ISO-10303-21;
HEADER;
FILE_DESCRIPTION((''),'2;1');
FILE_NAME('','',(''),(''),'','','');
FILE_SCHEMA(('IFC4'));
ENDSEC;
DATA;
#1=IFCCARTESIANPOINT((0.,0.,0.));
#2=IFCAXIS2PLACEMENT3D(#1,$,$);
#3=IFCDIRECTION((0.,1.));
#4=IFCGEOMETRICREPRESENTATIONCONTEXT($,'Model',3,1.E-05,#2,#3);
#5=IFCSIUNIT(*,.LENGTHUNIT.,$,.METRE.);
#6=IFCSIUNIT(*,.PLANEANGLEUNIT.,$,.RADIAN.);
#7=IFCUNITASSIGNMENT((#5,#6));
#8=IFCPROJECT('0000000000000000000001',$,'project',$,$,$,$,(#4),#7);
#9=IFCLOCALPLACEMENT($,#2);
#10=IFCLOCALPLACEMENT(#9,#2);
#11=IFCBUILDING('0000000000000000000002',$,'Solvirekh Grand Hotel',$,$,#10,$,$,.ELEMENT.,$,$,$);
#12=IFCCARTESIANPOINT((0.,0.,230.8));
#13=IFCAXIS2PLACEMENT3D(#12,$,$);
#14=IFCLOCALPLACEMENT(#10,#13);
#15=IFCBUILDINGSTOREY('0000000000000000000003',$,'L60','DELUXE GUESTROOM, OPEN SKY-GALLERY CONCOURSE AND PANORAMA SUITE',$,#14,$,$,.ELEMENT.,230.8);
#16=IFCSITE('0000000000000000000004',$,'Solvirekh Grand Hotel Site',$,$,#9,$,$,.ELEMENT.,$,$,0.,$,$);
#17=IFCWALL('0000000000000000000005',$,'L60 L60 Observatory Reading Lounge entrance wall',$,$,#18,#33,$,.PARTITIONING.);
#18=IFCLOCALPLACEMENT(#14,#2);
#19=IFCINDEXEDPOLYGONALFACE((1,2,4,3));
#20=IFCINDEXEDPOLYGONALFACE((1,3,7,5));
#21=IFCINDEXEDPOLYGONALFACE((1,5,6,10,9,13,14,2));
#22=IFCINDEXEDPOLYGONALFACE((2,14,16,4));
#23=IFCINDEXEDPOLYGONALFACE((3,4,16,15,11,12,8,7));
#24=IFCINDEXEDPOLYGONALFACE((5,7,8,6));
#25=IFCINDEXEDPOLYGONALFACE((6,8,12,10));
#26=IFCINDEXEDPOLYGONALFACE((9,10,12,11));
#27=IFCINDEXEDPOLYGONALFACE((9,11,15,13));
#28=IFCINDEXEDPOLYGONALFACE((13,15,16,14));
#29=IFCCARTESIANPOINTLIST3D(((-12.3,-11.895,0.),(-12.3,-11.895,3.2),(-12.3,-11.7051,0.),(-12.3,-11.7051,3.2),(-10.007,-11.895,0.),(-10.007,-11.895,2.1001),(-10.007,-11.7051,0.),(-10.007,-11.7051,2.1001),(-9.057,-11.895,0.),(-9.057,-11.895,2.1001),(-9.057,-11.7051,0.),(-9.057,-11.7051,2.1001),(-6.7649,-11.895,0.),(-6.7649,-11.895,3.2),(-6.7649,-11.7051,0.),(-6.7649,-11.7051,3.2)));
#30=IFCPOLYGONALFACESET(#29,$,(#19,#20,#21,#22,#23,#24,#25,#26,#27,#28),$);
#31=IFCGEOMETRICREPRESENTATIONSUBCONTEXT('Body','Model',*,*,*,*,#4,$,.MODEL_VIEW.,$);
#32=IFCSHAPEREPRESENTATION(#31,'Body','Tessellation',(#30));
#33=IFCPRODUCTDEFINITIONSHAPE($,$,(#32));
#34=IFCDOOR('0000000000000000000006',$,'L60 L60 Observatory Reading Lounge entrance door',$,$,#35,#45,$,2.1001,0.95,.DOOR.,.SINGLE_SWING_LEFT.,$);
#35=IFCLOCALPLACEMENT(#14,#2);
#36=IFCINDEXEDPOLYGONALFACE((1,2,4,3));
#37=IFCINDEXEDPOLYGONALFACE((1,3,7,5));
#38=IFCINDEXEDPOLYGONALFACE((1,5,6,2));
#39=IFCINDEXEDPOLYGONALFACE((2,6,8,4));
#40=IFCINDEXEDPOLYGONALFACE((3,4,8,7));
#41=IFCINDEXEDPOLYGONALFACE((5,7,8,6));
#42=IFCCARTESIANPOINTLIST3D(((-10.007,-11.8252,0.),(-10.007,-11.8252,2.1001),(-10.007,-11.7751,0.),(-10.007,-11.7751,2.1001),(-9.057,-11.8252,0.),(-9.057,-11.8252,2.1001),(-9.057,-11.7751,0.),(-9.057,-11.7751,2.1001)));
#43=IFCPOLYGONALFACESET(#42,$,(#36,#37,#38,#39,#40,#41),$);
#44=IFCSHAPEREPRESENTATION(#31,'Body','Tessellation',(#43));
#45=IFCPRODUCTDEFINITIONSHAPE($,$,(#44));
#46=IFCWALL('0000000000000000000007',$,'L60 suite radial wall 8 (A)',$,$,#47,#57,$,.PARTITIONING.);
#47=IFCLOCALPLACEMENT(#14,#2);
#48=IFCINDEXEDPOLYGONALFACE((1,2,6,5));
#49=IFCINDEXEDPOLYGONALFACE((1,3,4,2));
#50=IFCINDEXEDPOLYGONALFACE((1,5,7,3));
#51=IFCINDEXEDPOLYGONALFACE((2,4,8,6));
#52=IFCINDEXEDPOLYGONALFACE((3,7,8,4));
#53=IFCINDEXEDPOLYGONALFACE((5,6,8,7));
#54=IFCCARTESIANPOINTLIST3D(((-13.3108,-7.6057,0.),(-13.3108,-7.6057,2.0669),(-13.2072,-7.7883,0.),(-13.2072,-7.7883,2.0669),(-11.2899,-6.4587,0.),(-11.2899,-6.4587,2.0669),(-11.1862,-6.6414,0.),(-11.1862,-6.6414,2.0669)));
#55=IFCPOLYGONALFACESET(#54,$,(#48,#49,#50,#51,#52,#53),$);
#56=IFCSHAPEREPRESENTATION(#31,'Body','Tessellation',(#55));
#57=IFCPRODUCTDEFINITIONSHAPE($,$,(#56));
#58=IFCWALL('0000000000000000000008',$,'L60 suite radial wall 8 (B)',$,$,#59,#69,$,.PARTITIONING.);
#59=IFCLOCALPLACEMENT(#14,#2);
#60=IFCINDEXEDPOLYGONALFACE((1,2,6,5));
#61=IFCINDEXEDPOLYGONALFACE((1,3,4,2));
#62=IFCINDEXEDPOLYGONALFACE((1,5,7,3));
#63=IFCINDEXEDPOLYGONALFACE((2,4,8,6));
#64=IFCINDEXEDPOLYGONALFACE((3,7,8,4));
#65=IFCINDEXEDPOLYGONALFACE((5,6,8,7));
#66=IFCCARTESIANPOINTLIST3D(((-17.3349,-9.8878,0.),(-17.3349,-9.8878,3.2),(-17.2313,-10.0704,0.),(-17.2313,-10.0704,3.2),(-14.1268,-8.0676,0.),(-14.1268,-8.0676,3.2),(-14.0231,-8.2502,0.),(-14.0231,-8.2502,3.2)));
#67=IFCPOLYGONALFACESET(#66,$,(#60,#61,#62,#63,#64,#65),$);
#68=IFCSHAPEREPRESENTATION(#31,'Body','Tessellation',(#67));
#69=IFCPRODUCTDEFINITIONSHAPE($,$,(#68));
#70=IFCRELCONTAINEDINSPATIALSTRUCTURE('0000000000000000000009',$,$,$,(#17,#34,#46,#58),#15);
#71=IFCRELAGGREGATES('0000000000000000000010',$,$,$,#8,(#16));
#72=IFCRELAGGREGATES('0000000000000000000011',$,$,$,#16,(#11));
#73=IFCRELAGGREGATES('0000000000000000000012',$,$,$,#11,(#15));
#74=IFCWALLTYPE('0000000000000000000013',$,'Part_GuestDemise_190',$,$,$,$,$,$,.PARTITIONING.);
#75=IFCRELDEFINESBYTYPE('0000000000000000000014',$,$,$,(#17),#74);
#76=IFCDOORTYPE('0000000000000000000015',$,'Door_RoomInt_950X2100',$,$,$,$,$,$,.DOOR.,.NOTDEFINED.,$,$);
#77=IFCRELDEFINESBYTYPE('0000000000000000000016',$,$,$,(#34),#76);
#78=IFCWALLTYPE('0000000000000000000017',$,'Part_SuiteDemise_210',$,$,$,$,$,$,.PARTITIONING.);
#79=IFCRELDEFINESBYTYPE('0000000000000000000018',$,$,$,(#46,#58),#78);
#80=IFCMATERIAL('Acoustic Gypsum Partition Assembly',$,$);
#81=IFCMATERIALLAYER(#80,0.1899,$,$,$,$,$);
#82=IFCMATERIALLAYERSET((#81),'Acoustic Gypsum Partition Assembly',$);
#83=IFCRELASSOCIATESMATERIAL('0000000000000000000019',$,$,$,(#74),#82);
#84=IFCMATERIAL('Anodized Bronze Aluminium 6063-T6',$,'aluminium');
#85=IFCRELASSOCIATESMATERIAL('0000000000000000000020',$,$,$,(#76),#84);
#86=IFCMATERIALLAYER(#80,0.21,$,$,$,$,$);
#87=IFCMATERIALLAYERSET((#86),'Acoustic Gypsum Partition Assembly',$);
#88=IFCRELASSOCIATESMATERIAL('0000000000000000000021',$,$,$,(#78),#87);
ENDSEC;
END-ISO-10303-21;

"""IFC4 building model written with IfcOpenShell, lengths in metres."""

from ifc_helpers import new_model, si_unit, direction, frame, frame_2d, origin, place, context, subcontext, project, spatial, rectangle, extrude, material, layer, layer_set, type_object, element, fill, save


model = new_model("IFC4")

# Units and contexts
model_context = context("Model", 3, precision=1e-05, world=origin(), true_north=direction((0.0, 1.0)))
body_context = subcontext(model_context, "Body", "Model", "MODEL_VIEW")
ifc_project = project(units=[si_unit("LENGTHUNIT", "METRE"), si_unit("PLANEANGLEUNIT", "RADIAN")], contexts=[model_context])

# Site, building, storey
site_placement = place(None, origin())
site = spatial("IfcSite", under=ifc_project, at=site_placement, Name="Solvirekh Grand Hotel Site", CompositionType="ELEMENT", RefElevation=0.0)
building_placement = place(site_placement, origin())
building = spatial("IfcBuilding", under=site, at=building_placement, Name="Solvirekh Grand Hotel", CompositionType="ELEMENT")
storey_placement = place(building_placement, frame((0.0, 0.0, 230.8)))
storey = spatial("IfcBuildingStorey", under=building, at=storey_placement, Name="L60", Description="DELUXE GUESTROOM, OPEN SKY-GALLERY CONCOURSE AND PANORAMA SUITE", CompositionType="ELEMENT", Elevation=230.8)

# Shared definitions
ifc_material_1 = material(Name="Anodized Bronze Aluminium 6063-T6", Category="aluminium")

# Shared definitions
ifc_material_2 = material(Name="Acoustic Gypsum Partition Assembly")

# Wall, opening, door
ifc_layer_1 = layer(ifc_material_2, 0.1899)
ifc_layer_set_1 = layer_set([ifc_layer_1], Name="Acoustic Gypsum Partition Assembly")
wall_type_1 = type_object("IfcWallType", Name="Part_GuestDemise_190", PredefinedType="PARTITIONING", material=ifc_layer_set_1)
wall_1_placement = place(storey_placement, frame((-12.3, -11.8, 0.0), z_axis=(0.0, 0.0, 1.0), x_axis=(1.0, 0.0, 0.0)))
wall_1 = element("IfcWall", 1, at=wall_1_placement, inside=storey, type_object=wall_type_1, Name="L60 L60 Observatory Reading Lounge entrance wall", PredefinedType="PARTITIONING", context=body_context, shape_type="SweptSolid", body=[
    extrude(rectangle(XDim=5.5352, YDim=0.1899, at=frame_2d((2.7676, 0.0))), origin(), (0.0, 0.0, 1.0), 3.2),
])
opening_1_placement = place(wall_1_placement, frame((2.293, 0.0, 0.0)))
opening_1 = element("IfcOpeningElement", 2, at=opening_1_placement, cuts=wall_1, PredefinedType="OPENING", context=body_context, shape_type="SweptSolid", body=[
    extrude(rectangle(XDim=0.95, YDim=2.1001, at=frame_2d((0.4751, 1.05))), frame((0.0, 0.105, 0.0), z_axis=(0.0, -1.0, 0.0), x_axis=(1.0, 0.0, 0.0)), (0.0, 0.0, 1.0), 0.21),
])
door_type = type_object("IfcDoorType", Name="Door_RoomInt_950X2100", OperationType="NOTDEFINED", PredefinedType="DOOR", material=ifc_material_1)
door_placement = place(opening_1_placement, origin())
door = element("IfcDoor", 3, at=door_placement, inside=storey, type_object=door_type, Name="L60 L60 Observatory Reading Lounge entrance door", OperationType="SINGLE_SWING_LEFT", OverallHeight=2.1001, OverallWidth=0.95, PredefinedType="DOOR", context=body_context, shape_type="SweptSolid", body=[
    extrude(rectangle(XDim=0.95, YDim=2.1001, at=frame_2d((0.4751, 1.05))), frame((0.0, 0.0249, 0.0), z_axis=(0.0, -1.0, 0.0), x_axis=(1.0, 0.0, 0.0)), (0.0, 0.0, 1.0), 0.05),
])
fill(opening_1, door)

# Walls
ifc_layer_2 = layer(ifc_material_2, 0.21)
ifc_layer_set_2 = layer_set([ifc_layer_2], Name="Acoustic Gypsum Partition Assembly")
wall_type_2 = type_object("IfcWallType", Name="Part_SuiteDemise_210", PredefinedType="PARTITIONING", material=ifc_layer_set_2)
wall_2_placement = place(storey_placement, frame((-11.238, -6.55, 0.0), z_axis=(0.0, 0.0, 1.0), x_axis=(-0.869701, -0.49358, 0.0)))
element("IfcWall", 4, at=wall_2_placement, inside=storey, type_object=wall_type_2, Name="L60 suite radial wall 8 (A)", PredefinedType="PARTITIONING", context=body_context, shape_type="SweptSolid", body=[
    extrude(rectangle(XDim=2.3237, YDim=0.21, at=frame_2d((1.1619, 0.0))), origin(), (0.0, 0.0, 1.0), 2.0669),
])
wall_3_placement = place(storey_placement, frame((-14.075, -8.1589, 0.0), z_axis=(0.0, 0.0, 1.0), x_axis=(-0.869767, -0.493463, 0.0)))
element("IfcWall", 5, at=wall_3_placement, inside=storey, type_object=wall_type_2, Name="L60 suite radial wall 8 (B)", PredefinedType="PARTITIONING", context=body_context, shape_type="SweptSolid", body=[
    extrude(rectangle(XDim=3.6885, YDim=0.21, at=frame_2d((1.8442, 0.0))), origin(), (0.0, 0.0, 1.0), 3.2),
])

save(model, "model.ifc")
